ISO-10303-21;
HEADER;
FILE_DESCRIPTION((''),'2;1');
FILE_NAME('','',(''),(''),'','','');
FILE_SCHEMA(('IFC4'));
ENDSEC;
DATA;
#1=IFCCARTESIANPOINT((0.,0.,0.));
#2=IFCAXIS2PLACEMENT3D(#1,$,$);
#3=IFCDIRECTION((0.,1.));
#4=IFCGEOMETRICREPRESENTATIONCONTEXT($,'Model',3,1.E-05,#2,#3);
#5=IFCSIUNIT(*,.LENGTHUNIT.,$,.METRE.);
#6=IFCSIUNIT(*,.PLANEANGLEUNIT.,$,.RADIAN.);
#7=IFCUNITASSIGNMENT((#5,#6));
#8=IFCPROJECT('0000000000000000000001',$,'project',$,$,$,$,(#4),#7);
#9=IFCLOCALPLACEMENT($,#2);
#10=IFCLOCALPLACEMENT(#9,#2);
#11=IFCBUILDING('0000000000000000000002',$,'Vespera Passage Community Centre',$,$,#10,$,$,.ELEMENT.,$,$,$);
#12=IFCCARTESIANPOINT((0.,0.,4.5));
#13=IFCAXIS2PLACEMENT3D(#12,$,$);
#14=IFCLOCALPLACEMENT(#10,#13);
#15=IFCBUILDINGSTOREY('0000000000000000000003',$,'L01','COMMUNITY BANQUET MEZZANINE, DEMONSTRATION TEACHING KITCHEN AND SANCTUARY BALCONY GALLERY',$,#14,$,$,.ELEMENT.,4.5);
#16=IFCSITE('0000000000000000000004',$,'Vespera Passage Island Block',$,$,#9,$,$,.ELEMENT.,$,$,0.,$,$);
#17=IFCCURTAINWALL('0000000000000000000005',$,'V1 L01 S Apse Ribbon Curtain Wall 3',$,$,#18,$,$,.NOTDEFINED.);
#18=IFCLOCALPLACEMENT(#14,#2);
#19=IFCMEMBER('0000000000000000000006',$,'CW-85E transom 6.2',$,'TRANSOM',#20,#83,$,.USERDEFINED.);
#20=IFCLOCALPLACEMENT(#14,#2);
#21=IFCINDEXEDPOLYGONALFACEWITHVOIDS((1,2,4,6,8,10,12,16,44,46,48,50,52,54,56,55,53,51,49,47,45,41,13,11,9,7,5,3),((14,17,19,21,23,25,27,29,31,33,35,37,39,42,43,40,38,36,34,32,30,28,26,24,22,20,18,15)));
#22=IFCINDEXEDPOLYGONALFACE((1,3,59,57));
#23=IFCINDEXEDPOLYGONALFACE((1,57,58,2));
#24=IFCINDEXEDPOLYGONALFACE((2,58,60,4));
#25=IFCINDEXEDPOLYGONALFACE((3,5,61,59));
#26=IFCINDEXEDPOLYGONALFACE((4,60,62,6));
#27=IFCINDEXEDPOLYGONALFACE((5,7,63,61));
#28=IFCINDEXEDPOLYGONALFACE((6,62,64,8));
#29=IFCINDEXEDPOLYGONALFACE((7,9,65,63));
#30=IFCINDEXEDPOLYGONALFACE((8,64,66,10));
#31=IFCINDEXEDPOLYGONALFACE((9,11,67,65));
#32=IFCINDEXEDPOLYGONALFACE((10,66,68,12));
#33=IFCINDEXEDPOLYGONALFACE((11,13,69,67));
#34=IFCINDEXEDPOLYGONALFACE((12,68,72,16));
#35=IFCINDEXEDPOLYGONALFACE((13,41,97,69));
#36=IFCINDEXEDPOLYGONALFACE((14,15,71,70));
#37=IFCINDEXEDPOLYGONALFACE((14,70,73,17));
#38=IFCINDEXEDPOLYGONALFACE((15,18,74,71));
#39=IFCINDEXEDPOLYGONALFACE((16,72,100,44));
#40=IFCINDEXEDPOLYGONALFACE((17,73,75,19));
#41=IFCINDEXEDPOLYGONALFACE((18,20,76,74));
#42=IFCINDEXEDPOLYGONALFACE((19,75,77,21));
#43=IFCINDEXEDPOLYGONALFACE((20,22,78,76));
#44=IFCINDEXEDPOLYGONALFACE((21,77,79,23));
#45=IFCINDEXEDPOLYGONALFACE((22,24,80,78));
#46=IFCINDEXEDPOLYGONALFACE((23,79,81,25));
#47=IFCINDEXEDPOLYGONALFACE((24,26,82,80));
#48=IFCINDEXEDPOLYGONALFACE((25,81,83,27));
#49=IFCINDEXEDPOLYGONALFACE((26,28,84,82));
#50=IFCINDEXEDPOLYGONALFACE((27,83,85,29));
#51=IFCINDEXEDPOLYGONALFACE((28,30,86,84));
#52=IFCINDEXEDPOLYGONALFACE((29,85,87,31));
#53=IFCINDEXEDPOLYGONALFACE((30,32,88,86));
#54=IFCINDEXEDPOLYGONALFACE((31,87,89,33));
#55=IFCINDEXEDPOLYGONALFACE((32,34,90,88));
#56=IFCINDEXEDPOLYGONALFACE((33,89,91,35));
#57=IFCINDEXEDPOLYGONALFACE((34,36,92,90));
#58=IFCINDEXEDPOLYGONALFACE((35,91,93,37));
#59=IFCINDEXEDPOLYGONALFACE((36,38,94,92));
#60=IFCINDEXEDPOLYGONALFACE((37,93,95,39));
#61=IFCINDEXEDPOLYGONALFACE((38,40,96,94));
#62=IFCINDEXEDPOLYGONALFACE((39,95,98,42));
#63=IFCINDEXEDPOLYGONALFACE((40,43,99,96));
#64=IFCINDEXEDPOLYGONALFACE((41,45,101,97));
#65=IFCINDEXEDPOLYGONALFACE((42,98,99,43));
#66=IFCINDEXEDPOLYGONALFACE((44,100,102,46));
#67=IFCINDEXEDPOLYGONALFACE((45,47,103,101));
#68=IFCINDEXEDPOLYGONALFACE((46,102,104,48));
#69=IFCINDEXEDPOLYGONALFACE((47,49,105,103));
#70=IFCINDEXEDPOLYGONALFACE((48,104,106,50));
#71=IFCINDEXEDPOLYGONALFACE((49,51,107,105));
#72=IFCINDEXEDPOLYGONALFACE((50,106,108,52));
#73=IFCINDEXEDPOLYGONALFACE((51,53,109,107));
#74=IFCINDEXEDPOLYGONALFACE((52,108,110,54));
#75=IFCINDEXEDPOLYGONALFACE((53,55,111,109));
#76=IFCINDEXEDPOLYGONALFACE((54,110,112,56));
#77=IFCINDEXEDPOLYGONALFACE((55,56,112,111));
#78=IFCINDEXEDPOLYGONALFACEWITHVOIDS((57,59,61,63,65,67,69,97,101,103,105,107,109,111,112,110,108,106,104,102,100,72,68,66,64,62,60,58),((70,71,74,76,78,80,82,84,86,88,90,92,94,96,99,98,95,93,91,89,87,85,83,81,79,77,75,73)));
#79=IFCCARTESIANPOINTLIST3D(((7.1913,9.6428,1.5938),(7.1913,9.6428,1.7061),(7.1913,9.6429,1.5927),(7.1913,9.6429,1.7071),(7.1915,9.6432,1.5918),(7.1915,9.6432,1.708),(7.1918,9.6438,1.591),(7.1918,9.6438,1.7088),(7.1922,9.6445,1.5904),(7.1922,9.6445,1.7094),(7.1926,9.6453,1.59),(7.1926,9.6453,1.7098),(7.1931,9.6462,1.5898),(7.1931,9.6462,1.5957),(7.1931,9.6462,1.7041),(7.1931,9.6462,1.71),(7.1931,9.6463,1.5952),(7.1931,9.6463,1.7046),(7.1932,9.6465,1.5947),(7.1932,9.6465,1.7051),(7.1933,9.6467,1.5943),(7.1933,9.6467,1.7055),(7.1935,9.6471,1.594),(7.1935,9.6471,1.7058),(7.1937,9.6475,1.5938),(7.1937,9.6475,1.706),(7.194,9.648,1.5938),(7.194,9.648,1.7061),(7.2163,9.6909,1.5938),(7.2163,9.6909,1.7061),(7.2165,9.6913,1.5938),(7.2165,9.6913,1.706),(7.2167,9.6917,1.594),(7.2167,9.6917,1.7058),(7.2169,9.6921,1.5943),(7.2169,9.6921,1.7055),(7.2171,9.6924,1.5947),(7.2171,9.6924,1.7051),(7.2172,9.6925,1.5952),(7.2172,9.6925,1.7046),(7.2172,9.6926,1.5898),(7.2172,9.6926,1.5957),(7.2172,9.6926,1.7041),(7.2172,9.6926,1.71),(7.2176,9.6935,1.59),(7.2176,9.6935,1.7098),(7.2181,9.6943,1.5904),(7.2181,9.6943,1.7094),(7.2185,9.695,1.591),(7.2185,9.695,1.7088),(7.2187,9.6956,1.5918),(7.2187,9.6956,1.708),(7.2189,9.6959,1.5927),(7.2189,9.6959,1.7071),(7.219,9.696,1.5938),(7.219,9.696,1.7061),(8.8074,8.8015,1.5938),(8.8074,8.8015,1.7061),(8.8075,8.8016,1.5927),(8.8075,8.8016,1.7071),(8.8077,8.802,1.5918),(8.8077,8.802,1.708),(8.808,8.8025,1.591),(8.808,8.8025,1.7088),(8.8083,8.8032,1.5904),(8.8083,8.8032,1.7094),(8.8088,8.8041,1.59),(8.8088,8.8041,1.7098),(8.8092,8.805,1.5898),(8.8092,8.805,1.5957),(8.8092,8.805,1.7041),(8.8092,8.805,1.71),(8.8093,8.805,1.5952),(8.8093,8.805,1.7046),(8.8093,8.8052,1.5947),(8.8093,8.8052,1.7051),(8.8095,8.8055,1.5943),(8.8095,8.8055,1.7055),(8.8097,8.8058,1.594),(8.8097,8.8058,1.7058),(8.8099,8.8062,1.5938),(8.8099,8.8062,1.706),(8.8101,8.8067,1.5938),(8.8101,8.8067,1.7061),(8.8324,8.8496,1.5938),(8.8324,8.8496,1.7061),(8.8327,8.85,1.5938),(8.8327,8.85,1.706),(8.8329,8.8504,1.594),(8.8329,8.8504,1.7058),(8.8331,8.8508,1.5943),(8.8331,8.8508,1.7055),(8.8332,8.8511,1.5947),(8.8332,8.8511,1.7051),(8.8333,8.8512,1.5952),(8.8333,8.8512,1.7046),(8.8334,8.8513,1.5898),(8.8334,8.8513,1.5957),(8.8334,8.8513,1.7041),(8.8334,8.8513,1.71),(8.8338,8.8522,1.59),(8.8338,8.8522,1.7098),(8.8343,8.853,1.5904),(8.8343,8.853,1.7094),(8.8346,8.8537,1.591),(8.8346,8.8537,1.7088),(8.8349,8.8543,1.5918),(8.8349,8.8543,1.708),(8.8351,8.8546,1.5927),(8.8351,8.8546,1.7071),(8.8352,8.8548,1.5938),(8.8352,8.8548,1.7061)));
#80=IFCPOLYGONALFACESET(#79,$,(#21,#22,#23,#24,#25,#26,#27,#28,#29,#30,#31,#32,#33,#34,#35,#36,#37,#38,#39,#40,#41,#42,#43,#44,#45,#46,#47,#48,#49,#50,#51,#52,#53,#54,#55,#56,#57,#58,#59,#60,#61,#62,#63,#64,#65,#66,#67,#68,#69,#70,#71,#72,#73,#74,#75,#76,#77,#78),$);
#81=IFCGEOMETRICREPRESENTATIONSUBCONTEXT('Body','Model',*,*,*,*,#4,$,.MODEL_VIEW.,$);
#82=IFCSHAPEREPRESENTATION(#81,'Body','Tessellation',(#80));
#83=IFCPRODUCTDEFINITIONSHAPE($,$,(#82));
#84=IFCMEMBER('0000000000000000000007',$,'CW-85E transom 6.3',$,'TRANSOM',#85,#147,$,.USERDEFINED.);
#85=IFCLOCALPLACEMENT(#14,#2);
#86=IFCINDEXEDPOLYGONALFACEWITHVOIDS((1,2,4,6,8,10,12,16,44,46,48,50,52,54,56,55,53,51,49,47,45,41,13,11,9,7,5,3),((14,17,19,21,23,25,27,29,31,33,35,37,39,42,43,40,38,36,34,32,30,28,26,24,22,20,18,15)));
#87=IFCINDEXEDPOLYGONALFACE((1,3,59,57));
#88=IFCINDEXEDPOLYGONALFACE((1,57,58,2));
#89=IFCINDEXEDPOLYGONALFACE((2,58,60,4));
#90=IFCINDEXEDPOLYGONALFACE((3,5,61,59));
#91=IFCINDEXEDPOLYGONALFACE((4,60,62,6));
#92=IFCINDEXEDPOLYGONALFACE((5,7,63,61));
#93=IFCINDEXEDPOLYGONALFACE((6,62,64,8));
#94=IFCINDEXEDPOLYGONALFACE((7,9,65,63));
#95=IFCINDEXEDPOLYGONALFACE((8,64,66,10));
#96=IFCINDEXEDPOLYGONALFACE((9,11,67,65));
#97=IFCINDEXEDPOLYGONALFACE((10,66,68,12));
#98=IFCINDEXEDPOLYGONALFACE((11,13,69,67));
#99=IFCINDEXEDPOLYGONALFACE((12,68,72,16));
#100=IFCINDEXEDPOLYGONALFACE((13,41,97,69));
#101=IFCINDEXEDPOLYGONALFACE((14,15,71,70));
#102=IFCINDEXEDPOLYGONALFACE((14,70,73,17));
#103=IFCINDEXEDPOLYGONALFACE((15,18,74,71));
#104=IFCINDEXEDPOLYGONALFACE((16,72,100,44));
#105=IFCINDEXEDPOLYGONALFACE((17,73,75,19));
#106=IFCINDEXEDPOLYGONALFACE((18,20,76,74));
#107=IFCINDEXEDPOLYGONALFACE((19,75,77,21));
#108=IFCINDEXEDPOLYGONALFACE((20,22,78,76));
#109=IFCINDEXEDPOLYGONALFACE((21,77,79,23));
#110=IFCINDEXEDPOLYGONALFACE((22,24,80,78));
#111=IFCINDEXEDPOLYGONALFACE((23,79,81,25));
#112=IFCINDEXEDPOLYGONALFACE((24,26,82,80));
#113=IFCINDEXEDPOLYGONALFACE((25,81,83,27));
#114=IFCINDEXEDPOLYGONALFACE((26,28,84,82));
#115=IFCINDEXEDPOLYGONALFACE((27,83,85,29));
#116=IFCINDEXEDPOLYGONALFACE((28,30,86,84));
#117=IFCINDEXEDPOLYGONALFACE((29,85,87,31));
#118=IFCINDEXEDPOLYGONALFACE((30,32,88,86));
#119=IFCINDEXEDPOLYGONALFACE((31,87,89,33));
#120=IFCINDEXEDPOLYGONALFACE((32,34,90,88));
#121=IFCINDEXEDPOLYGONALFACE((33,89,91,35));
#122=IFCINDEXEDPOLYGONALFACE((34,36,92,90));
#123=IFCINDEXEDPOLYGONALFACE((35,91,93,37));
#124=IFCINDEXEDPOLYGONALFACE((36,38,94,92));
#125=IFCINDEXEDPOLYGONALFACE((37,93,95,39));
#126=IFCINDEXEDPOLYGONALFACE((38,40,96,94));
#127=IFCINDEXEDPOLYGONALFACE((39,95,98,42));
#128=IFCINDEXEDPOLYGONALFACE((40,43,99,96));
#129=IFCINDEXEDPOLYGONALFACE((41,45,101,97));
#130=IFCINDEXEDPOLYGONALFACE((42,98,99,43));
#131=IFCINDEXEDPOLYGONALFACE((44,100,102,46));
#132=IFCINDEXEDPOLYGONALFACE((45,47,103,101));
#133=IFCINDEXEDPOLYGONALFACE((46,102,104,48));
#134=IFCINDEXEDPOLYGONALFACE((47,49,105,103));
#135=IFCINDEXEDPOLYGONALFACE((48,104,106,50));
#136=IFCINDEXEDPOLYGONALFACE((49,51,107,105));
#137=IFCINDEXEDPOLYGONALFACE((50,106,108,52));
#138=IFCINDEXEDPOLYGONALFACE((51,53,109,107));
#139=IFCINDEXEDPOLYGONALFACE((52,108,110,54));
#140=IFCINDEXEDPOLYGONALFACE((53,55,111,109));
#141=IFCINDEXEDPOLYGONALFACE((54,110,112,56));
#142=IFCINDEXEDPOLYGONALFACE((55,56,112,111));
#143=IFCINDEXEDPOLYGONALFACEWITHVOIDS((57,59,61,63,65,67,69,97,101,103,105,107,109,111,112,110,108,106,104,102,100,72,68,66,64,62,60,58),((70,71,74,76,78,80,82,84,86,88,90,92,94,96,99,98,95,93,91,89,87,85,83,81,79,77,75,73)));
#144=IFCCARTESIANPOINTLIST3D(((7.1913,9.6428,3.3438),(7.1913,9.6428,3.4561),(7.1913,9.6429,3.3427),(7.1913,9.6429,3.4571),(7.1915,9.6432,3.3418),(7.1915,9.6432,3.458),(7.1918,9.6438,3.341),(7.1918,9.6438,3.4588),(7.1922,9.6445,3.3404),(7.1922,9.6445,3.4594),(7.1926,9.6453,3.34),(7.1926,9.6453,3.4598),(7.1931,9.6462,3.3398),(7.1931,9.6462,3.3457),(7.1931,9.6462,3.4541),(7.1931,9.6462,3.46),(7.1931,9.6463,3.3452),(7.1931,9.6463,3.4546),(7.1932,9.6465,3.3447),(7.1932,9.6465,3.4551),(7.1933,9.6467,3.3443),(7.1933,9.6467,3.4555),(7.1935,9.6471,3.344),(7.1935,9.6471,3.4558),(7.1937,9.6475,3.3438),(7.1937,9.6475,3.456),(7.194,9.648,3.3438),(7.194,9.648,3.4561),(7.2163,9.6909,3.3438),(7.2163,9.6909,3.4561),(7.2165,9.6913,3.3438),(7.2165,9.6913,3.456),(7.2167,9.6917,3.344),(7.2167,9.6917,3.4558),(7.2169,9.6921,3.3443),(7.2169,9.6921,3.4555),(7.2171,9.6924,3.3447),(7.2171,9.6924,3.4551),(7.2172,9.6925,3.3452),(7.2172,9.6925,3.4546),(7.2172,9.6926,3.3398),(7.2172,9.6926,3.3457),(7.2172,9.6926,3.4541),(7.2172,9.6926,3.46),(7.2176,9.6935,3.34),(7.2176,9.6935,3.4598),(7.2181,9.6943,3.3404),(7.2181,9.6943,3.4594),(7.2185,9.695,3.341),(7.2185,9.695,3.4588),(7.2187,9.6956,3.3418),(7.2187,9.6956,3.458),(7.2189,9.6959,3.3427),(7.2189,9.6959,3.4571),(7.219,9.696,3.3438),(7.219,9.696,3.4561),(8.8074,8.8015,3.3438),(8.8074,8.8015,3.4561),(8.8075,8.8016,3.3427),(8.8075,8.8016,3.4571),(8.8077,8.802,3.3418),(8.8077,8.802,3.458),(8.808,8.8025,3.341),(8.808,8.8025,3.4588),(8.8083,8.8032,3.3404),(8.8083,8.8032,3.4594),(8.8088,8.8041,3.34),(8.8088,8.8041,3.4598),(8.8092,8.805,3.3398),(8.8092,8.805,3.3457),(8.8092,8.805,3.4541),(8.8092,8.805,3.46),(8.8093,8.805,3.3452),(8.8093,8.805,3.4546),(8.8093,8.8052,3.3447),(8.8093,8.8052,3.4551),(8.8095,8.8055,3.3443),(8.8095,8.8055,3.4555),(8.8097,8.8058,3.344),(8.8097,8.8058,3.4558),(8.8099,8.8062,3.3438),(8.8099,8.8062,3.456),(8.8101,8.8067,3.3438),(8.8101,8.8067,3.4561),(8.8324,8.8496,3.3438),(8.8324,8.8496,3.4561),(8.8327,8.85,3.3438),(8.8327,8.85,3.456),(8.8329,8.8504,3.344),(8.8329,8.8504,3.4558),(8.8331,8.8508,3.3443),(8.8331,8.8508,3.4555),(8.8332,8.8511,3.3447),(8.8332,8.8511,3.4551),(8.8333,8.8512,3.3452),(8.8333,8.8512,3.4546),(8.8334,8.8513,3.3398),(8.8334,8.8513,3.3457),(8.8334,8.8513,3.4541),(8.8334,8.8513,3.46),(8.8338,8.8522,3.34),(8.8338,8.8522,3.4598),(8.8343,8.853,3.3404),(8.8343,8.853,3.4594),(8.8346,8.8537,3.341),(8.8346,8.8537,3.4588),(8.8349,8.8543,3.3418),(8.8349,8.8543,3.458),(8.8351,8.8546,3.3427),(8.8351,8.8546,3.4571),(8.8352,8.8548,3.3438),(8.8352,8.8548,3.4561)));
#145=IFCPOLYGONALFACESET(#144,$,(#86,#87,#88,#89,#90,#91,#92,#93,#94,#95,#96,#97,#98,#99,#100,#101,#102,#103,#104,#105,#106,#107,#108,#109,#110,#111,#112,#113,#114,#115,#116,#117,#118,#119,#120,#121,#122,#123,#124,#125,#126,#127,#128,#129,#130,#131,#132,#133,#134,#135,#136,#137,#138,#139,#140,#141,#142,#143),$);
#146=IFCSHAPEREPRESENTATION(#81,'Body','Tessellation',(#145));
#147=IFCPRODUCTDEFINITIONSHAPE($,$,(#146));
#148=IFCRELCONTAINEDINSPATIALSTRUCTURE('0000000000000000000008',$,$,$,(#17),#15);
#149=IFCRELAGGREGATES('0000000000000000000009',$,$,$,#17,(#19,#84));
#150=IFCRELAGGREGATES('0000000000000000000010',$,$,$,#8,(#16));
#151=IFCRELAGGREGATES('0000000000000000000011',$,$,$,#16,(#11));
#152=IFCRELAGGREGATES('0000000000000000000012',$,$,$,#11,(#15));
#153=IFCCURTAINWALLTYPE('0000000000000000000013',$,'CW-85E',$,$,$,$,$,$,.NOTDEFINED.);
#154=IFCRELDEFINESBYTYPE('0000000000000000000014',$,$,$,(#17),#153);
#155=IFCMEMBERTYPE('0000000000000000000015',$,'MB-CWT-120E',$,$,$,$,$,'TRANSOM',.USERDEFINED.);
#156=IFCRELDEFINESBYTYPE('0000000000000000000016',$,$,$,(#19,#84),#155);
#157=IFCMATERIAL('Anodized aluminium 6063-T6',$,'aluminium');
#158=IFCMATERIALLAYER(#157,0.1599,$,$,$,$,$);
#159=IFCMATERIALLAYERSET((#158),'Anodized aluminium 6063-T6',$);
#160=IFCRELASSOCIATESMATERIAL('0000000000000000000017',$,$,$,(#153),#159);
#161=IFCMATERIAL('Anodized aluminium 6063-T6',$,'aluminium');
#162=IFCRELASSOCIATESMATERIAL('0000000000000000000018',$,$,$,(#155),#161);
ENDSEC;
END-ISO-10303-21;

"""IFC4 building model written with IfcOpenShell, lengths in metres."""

from ifc_helpers import new_model, si_unit, direction, frame, origin, origin_2d, place, context, subcontext, project, spatial, hollow_rectangle, extrude, material, layer, layer_set, material_profile, profile_set, type_object, element, aggregate, save


model = new_model("IFC4")

# Units and contexts
model_context = context("Model", 3, precision=1e-05, world=origin(), true_north=direction((0.0, 1.0)))
body_context = subcontext(model_context, "Body", "Model", "MODEL_VIEW")
ifc_project = project(units=[si_unit("LENGTHUNIT", "METRE"), si_unit("PLANEANGLEUNIT", "RADIAN")], contexts=[model_context])

# Site, building, storey
site_placement = place(None, origin())
site = spatial("IfcSite", under=ifc_project, at=site_placement, Name="Vespera Passage Island Block", CompositionType="ELEMENT", RefElevation=0.0)
building_placement = place(site_placement, origin())
building = spatial("IfcBuilding", under=site, at=building_placement, Name="Vespera Passage Community Centre", CompositionType="ELEMENT")
storey_placement = place(building_placement, frame((0.0, 0.0, 4.5)))
storey = spatial("IfcBuildingStorey", under=building, at=storey_placement, Name="L01", Description="COMMUNITY BANQUET MEZZANINE, DEMONSTRATION TEACHING KITCHEN AND SANCTUARY BALCONY GALLERY", CompositionType="ELEMENT", Elevation=4.5)

# Curtain wall, members
ifc_material_1 = material(Name="Anodized aluminium 6063-T6", Category="aluminium")
ifc_layer_1 = layer(ifc_material_1, 0.1599)
ifc_layer_set_1 = layer_set([ifc_layer_1], Name="Anodized aluminium 6063-T6")
curtain_wall_type = type_object("IfcCurtainWallType", Name="CW-85E", PredefinedType="NOTDEFINED", material=ifc_layer_set_1)
curtain_wall_placement = place(storey_placement, origin())
curtain_wall = element("IfcCurtainWall", 1, at=curtain_wall_placement, inside=storey, type_object=curtain_wall_type, Name="V1 L01 S Apse Ribbon Curtain Wall 3", PredefinedType="NOTDEFINED")
ifc_material_2 = material(Name="Anodized aluminium 6063-T6", Category="aluminium")
ifc_material_profile_1 = material_profile(ifc_material_2, hollow_rectangle(XDim=0.0601, YDim=0.1201, WallThickness=0.0039, InnerFilletRadius=0.002, OuterFilletRadius=0.0039, at=origin_2d()), Name="ALU120X60X4")
ifc_profile_set_1 = profile_set([ifc_material_profile_1], Name="Anodized aluminium 6063-T6")
member_type_1 = type_object("IfcMemberType", Name="MB-CWT-120E", ElementType="TRANSOM", PredefinedType="USERDEFINED", material=ifc_profile_set_1)
member_1_placement = place(storey_placement, frame((8.8213, 8.8281, 1.6499), z_axis=(-0.887019, 0.461732, 0.0), x_axis=(-0.461732, -0.887019, 0.0)))
member_1 = element("IfcMember", 2, at=member_1_placement, type_object=member_type_1, Name="CW-85E transom 6.2", ObjectType="TRANSOM", PredefinedType="USERDEFINED", context=body_context, shape_type="SweptSolid", body=[
    extrude(hollow_rectangle(XDim=0.0601, YDim=0.1201, WallThickness=0.0039, InnerFilletRadius=0.002, OuterFilletRadius=0.0039, at=origin_2d()), origin(), (0.0, 0.0, 1.0), 1.822),
])
member_2_placement = place(storey_placement, frame((8.8213, 8.8281, 3.3999), z_axis=(-0.887019, 0.461732, 0.0), x_axis=(-0.461732, -0.887019, 0.0)))
member_2 = element("IfcMember", 3, at=member_2_placement, type_object=member_type_1, Name="CW-85E transom 6.3", ObjectType="TRANSOM", PredefinedType="USERDEFINED", context=body_context, shape_type="SweptSolid", body=[
    extrude(hollow_rectangle(XDim=0.0601, YDim=0.1201, WallThickness=0.0039, InnerFilletRadius=0.002, OuterFilletRadius=0.0039, at=origin_2d()), origin(), (0.0, 0.0, 1.0), 1.822),
])
aggregate(curtain_wall, [member_1, member_2])

save(model, "model.ifc")
